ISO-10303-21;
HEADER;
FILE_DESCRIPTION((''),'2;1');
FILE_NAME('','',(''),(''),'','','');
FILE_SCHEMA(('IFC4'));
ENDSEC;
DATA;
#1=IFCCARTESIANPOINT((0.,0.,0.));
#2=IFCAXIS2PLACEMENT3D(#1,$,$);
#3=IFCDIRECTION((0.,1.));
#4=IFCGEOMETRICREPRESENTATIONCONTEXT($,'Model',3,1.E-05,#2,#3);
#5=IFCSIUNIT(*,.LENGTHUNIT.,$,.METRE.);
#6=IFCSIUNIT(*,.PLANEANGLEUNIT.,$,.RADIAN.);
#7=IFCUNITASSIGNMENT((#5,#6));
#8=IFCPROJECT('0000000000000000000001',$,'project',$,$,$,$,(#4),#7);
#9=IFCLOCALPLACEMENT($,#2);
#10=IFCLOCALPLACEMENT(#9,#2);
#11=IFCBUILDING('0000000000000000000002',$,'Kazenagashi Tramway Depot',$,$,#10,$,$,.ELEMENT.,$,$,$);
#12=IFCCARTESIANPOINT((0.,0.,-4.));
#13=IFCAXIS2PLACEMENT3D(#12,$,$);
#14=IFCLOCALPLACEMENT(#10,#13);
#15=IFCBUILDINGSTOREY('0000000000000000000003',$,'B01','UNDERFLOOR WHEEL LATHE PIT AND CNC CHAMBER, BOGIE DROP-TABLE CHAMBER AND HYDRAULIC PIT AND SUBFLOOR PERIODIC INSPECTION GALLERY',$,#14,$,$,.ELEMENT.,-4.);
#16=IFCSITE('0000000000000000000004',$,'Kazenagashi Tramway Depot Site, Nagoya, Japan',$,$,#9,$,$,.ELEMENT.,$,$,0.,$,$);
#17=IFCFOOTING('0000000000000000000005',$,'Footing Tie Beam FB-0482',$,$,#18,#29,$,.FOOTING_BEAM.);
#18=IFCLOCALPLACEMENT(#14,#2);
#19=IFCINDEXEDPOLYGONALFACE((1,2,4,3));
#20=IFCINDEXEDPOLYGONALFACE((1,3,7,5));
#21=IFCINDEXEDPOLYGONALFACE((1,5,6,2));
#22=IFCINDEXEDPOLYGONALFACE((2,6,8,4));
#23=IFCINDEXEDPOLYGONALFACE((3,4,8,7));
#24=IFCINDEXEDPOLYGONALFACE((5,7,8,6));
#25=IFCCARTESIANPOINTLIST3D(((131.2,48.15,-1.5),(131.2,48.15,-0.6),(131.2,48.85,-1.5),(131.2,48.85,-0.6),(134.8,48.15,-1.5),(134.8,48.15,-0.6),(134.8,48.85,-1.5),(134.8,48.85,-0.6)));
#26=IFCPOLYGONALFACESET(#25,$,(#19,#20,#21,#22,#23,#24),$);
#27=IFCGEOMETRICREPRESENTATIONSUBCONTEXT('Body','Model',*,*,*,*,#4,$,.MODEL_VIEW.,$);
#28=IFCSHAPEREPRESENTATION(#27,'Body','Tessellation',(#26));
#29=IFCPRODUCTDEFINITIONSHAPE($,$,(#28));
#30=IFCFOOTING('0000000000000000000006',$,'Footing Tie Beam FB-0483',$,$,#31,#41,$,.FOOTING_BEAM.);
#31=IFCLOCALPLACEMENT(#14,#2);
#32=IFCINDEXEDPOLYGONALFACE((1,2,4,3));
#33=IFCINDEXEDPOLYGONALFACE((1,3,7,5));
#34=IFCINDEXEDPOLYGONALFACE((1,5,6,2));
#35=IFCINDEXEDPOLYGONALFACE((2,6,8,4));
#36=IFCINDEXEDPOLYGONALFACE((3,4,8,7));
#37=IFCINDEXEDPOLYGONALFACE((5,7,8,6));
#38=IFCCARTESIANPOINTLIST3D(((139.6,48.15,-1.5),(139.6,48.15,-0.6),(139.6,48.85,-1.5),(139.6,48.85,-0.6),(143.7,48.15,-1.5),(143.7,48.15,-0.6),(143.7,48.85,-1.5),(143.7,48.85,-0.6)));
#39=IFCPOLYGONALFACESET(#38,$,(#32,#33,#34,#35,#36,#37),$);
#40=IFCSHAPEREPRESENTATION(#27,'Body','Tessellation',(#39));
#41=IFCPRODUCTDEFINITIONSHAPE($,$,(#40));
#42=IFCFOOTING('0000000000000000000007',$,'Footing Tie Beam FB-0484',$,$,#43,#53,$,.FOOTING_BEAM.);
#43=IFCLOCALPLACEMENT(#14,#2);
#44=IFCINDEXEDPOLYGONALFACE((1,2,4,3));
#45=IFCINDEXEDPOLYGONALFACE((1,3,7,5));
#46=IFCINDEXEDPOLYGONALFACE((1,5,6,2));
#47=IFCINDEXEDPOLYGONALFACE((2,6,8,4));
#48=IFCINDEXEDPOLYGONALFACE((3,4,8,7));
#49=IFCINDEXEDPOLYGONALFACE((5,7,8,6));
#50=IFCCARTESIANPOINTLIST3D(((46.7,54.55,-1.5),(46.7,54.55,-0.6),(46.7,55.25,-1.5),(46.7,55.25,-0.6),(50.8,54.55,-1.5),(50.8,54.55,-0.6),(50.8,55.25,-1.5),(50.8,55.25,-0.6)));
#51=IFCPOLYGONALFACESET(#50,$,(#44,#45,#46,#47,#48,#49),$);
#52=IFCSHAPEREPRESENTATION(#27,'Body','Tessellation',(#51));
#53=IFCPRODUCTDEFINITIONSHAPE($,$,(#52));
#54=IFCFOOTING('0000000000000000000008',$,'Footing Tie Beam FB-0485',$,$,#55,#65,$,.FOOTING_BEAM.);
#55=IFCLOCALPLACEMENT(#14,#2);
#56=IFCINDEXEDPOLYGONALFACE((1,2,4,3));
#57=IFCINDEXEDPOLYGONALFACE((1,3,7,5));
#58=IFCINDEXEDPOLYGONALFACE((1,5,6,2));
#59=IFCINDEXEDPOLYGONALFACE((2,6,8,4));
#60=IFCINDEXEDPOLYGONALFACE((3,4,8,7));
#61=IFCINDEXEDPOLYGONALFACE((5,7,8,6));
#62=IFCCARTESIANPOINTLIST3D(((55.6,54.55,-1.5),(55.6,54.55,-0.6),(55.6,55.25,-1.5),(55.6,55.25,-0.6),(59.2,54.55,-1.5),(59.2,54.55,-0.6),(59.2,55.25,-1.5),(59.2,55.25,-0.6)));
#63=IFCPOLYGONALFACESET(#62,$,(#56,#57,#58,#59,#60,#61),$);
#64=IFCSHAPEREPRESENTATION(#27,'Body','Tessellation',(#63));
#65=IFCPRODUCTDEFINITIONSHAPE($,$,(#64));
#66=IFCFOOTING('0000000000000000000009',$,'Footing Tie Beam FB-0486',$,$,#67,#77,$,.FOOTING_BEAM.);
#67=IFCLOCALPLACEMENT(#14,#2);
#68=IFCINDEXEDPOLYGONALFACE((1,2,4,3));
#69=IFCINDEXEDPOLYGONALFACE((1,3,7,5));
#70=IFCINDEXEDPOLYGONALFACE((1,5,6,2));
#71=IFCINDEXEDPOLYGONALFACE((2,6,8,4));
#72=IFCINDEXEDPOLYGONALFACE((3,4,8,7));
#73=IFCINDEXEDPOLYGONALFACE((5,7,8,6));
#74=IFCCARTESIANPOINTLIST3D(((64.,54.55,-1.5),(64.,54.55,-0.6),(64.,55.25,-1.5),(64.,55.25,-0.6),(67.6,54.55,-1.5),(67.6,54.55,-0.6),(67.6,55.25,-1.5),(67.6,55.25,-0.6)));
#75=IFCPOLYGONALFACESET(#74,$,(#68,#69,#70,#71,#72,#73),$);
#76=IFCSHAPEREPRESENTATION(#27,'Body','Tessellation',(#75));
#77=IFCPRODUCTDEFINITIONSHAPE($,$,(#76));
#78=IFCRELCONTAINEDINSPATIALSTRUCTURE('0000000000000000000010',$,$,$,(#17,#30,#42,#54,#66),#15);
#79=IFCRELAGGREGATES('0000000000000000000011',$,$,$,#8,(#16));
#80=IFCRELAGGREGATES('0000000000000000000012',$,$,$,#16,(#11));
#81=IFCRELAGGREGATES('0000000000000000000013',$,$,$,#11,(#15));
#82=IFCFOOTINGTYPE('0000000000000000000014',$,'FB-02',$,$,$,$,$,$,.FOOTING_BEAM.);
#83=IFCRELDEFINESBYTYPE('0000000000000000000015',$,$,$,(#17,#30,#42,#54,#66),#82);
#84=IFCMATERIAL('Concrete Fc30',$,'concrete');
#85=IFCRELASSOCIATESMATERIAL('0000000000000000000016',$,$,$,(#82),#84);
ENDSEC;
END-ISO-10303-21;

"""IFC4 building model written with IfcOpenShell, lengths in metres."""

from ifc_helpers import new_model, si_unit, direction, frame, origin, place, context, subcontext, project, spatial, polyline, outline, extrude, material, type_object, element, save


model = new_model("IFC4")

# Units and contexts
model_context = context("Model", 3, precision=1e-05, world=origin(), true_north=direction((0.0, 1.0)))
body_context = subcontext(model_context, "Body", "Model", "MODEL_VIEW")
ifc_project = project(units=[si_unit("LENGTHUNIT", "METRE"), si_unit("PLANEANGLEUNIT", "RADIAN")], contexts=[model_context])

# Site, building, storey
site_placement = place(None, origin())
site = spatial("IfcSite", under=ifc_project, at=site_placement, Name="Kazenagashi Tramway Depot Site, Nagoya, Japan", CompositionType="ELEMENT", RefElevation=0.0)
building_placement = place(site_placement, origin())
building = spatial("IfcBuilding", under=site, at=building_placement, Name="Kazenagashi Tramway Depot", CompositionType="ELEMENT")
storey_placement = place(building_placement, frame((0.0, 0.0, -4.0)))
storey = spatial("IfcBuildingStorey", under=building, at=storey_placement, Name="B01", Description="UNDERFLOOR WHEEL LATHE PIT AND CNC CHAMBER, BOGIE DROP-TABLE CHAMBER AND HYDRAULIC PIT AND SUBFLOOR PERIODIC INSPECTION GALLERY", CompositionType="ELEMENT", Elevation=-4.0)

# Footings
ifc_material = material(Name="Concrete Fc30", Category="concrete")
footing_type = type_object("IfcFootingType", Name="FB-02", PredefinedType="FOOTING_BEAM", material=ifc_material)
footing_1_placement = place(storey_placement, frame((0.0, 0.0, -1.5)))
element("IfcFooting", 1, at=footing_1_placement, inside=storey, type_object=footing_type, Name="Footing Tie Beam FB-0482", PredefinedType="FOOTING_BEAM", context=body_context, shape_type="SweptSolid", body=[
    extrude(outline(polyline([(131.2, 48.15), (134.8, 48.15), (134.8, 48.85), (131.2, 48.85), (131.2, 48.15)])), origin(), (0.0, 0.0, 1.0), 0.9),
])
footing_2_placement = place(storey_placement, frame((0.0, 0.0, -1.5)))
element("IfcFooting", 2, at=footing_2_placement, inside=storey, type_object=footing_type, Name="Footing Tie Beam FB-0483", PredefinedType="FOOTING_BEAM", context=body_context, shape_type="SweptSolid", body=[
    extrude(outline(polyline([(139.6, 48.15), (143.7, 48.15), (143.7, 48.85), (139.6, 48.85), (139.6, 48.15)])), origin(), (0.0, 0.0, 1.0), 0.9),
])
footing_3_placement = place(storey_placement, frame((0.0, 0.0, -1.5)))
element("IfcFooting", 3, at=footing_3_placement, inside=storey, type_object=footing_type, Name="Footing Tie Beam FB-0484", PredefinedType="FOOTING_BEAM", context=body_context, shape_type="SweptSolid", body=[
    extrude(outline(polyline([(46.7, 54.55), (50.8, 54.55), (50.8, 55.25), (46.7, 55.25), (46.7, 54.55)])), origin(), (0.0, 0.0, 1.0), 0.9),
])
footing_4_placement = place(storey_placement, frame((0.0, 0.0, -1.5)))
element("IfcFooting", 4, at=footing_4_placement, inside=storey, type_object=footing_type, Name="Footing Tie Beam FB-0485", PredefinedType="FOOTING_BEAM", context=body_context, shape_type="SweptSolid", body=[
    extrude(outline(polyline([(55.6, 54.55), (59.2, 54.55), (59.2, 55.25), (55.6, 55.25), (55.6, 54.55)])), origin(), (0.0, 0.0, 1.0), 0.9),
])
footing_5_placement = place(storey_placement, frame((0.0, 0.0, -1.5)))
element("IfcFooting", 5, at=footing_5_placement, inside=storey, type_object=footing_type, Name="Footing Tie Beam FB-0486", PredefinedType="FOOTING_BEAM", context=body_context, shape_type="SweptSolid", body=[
    extrude(outline(polyline([(64.0, 54.55), (67.6, 54.55), (67.6, 55.25), (64.0, 55.25), (64.0, 54.55)])), origin(), (0.0, 0.0, 1.0), 0.9),
])

save(model, "model.ifc")
